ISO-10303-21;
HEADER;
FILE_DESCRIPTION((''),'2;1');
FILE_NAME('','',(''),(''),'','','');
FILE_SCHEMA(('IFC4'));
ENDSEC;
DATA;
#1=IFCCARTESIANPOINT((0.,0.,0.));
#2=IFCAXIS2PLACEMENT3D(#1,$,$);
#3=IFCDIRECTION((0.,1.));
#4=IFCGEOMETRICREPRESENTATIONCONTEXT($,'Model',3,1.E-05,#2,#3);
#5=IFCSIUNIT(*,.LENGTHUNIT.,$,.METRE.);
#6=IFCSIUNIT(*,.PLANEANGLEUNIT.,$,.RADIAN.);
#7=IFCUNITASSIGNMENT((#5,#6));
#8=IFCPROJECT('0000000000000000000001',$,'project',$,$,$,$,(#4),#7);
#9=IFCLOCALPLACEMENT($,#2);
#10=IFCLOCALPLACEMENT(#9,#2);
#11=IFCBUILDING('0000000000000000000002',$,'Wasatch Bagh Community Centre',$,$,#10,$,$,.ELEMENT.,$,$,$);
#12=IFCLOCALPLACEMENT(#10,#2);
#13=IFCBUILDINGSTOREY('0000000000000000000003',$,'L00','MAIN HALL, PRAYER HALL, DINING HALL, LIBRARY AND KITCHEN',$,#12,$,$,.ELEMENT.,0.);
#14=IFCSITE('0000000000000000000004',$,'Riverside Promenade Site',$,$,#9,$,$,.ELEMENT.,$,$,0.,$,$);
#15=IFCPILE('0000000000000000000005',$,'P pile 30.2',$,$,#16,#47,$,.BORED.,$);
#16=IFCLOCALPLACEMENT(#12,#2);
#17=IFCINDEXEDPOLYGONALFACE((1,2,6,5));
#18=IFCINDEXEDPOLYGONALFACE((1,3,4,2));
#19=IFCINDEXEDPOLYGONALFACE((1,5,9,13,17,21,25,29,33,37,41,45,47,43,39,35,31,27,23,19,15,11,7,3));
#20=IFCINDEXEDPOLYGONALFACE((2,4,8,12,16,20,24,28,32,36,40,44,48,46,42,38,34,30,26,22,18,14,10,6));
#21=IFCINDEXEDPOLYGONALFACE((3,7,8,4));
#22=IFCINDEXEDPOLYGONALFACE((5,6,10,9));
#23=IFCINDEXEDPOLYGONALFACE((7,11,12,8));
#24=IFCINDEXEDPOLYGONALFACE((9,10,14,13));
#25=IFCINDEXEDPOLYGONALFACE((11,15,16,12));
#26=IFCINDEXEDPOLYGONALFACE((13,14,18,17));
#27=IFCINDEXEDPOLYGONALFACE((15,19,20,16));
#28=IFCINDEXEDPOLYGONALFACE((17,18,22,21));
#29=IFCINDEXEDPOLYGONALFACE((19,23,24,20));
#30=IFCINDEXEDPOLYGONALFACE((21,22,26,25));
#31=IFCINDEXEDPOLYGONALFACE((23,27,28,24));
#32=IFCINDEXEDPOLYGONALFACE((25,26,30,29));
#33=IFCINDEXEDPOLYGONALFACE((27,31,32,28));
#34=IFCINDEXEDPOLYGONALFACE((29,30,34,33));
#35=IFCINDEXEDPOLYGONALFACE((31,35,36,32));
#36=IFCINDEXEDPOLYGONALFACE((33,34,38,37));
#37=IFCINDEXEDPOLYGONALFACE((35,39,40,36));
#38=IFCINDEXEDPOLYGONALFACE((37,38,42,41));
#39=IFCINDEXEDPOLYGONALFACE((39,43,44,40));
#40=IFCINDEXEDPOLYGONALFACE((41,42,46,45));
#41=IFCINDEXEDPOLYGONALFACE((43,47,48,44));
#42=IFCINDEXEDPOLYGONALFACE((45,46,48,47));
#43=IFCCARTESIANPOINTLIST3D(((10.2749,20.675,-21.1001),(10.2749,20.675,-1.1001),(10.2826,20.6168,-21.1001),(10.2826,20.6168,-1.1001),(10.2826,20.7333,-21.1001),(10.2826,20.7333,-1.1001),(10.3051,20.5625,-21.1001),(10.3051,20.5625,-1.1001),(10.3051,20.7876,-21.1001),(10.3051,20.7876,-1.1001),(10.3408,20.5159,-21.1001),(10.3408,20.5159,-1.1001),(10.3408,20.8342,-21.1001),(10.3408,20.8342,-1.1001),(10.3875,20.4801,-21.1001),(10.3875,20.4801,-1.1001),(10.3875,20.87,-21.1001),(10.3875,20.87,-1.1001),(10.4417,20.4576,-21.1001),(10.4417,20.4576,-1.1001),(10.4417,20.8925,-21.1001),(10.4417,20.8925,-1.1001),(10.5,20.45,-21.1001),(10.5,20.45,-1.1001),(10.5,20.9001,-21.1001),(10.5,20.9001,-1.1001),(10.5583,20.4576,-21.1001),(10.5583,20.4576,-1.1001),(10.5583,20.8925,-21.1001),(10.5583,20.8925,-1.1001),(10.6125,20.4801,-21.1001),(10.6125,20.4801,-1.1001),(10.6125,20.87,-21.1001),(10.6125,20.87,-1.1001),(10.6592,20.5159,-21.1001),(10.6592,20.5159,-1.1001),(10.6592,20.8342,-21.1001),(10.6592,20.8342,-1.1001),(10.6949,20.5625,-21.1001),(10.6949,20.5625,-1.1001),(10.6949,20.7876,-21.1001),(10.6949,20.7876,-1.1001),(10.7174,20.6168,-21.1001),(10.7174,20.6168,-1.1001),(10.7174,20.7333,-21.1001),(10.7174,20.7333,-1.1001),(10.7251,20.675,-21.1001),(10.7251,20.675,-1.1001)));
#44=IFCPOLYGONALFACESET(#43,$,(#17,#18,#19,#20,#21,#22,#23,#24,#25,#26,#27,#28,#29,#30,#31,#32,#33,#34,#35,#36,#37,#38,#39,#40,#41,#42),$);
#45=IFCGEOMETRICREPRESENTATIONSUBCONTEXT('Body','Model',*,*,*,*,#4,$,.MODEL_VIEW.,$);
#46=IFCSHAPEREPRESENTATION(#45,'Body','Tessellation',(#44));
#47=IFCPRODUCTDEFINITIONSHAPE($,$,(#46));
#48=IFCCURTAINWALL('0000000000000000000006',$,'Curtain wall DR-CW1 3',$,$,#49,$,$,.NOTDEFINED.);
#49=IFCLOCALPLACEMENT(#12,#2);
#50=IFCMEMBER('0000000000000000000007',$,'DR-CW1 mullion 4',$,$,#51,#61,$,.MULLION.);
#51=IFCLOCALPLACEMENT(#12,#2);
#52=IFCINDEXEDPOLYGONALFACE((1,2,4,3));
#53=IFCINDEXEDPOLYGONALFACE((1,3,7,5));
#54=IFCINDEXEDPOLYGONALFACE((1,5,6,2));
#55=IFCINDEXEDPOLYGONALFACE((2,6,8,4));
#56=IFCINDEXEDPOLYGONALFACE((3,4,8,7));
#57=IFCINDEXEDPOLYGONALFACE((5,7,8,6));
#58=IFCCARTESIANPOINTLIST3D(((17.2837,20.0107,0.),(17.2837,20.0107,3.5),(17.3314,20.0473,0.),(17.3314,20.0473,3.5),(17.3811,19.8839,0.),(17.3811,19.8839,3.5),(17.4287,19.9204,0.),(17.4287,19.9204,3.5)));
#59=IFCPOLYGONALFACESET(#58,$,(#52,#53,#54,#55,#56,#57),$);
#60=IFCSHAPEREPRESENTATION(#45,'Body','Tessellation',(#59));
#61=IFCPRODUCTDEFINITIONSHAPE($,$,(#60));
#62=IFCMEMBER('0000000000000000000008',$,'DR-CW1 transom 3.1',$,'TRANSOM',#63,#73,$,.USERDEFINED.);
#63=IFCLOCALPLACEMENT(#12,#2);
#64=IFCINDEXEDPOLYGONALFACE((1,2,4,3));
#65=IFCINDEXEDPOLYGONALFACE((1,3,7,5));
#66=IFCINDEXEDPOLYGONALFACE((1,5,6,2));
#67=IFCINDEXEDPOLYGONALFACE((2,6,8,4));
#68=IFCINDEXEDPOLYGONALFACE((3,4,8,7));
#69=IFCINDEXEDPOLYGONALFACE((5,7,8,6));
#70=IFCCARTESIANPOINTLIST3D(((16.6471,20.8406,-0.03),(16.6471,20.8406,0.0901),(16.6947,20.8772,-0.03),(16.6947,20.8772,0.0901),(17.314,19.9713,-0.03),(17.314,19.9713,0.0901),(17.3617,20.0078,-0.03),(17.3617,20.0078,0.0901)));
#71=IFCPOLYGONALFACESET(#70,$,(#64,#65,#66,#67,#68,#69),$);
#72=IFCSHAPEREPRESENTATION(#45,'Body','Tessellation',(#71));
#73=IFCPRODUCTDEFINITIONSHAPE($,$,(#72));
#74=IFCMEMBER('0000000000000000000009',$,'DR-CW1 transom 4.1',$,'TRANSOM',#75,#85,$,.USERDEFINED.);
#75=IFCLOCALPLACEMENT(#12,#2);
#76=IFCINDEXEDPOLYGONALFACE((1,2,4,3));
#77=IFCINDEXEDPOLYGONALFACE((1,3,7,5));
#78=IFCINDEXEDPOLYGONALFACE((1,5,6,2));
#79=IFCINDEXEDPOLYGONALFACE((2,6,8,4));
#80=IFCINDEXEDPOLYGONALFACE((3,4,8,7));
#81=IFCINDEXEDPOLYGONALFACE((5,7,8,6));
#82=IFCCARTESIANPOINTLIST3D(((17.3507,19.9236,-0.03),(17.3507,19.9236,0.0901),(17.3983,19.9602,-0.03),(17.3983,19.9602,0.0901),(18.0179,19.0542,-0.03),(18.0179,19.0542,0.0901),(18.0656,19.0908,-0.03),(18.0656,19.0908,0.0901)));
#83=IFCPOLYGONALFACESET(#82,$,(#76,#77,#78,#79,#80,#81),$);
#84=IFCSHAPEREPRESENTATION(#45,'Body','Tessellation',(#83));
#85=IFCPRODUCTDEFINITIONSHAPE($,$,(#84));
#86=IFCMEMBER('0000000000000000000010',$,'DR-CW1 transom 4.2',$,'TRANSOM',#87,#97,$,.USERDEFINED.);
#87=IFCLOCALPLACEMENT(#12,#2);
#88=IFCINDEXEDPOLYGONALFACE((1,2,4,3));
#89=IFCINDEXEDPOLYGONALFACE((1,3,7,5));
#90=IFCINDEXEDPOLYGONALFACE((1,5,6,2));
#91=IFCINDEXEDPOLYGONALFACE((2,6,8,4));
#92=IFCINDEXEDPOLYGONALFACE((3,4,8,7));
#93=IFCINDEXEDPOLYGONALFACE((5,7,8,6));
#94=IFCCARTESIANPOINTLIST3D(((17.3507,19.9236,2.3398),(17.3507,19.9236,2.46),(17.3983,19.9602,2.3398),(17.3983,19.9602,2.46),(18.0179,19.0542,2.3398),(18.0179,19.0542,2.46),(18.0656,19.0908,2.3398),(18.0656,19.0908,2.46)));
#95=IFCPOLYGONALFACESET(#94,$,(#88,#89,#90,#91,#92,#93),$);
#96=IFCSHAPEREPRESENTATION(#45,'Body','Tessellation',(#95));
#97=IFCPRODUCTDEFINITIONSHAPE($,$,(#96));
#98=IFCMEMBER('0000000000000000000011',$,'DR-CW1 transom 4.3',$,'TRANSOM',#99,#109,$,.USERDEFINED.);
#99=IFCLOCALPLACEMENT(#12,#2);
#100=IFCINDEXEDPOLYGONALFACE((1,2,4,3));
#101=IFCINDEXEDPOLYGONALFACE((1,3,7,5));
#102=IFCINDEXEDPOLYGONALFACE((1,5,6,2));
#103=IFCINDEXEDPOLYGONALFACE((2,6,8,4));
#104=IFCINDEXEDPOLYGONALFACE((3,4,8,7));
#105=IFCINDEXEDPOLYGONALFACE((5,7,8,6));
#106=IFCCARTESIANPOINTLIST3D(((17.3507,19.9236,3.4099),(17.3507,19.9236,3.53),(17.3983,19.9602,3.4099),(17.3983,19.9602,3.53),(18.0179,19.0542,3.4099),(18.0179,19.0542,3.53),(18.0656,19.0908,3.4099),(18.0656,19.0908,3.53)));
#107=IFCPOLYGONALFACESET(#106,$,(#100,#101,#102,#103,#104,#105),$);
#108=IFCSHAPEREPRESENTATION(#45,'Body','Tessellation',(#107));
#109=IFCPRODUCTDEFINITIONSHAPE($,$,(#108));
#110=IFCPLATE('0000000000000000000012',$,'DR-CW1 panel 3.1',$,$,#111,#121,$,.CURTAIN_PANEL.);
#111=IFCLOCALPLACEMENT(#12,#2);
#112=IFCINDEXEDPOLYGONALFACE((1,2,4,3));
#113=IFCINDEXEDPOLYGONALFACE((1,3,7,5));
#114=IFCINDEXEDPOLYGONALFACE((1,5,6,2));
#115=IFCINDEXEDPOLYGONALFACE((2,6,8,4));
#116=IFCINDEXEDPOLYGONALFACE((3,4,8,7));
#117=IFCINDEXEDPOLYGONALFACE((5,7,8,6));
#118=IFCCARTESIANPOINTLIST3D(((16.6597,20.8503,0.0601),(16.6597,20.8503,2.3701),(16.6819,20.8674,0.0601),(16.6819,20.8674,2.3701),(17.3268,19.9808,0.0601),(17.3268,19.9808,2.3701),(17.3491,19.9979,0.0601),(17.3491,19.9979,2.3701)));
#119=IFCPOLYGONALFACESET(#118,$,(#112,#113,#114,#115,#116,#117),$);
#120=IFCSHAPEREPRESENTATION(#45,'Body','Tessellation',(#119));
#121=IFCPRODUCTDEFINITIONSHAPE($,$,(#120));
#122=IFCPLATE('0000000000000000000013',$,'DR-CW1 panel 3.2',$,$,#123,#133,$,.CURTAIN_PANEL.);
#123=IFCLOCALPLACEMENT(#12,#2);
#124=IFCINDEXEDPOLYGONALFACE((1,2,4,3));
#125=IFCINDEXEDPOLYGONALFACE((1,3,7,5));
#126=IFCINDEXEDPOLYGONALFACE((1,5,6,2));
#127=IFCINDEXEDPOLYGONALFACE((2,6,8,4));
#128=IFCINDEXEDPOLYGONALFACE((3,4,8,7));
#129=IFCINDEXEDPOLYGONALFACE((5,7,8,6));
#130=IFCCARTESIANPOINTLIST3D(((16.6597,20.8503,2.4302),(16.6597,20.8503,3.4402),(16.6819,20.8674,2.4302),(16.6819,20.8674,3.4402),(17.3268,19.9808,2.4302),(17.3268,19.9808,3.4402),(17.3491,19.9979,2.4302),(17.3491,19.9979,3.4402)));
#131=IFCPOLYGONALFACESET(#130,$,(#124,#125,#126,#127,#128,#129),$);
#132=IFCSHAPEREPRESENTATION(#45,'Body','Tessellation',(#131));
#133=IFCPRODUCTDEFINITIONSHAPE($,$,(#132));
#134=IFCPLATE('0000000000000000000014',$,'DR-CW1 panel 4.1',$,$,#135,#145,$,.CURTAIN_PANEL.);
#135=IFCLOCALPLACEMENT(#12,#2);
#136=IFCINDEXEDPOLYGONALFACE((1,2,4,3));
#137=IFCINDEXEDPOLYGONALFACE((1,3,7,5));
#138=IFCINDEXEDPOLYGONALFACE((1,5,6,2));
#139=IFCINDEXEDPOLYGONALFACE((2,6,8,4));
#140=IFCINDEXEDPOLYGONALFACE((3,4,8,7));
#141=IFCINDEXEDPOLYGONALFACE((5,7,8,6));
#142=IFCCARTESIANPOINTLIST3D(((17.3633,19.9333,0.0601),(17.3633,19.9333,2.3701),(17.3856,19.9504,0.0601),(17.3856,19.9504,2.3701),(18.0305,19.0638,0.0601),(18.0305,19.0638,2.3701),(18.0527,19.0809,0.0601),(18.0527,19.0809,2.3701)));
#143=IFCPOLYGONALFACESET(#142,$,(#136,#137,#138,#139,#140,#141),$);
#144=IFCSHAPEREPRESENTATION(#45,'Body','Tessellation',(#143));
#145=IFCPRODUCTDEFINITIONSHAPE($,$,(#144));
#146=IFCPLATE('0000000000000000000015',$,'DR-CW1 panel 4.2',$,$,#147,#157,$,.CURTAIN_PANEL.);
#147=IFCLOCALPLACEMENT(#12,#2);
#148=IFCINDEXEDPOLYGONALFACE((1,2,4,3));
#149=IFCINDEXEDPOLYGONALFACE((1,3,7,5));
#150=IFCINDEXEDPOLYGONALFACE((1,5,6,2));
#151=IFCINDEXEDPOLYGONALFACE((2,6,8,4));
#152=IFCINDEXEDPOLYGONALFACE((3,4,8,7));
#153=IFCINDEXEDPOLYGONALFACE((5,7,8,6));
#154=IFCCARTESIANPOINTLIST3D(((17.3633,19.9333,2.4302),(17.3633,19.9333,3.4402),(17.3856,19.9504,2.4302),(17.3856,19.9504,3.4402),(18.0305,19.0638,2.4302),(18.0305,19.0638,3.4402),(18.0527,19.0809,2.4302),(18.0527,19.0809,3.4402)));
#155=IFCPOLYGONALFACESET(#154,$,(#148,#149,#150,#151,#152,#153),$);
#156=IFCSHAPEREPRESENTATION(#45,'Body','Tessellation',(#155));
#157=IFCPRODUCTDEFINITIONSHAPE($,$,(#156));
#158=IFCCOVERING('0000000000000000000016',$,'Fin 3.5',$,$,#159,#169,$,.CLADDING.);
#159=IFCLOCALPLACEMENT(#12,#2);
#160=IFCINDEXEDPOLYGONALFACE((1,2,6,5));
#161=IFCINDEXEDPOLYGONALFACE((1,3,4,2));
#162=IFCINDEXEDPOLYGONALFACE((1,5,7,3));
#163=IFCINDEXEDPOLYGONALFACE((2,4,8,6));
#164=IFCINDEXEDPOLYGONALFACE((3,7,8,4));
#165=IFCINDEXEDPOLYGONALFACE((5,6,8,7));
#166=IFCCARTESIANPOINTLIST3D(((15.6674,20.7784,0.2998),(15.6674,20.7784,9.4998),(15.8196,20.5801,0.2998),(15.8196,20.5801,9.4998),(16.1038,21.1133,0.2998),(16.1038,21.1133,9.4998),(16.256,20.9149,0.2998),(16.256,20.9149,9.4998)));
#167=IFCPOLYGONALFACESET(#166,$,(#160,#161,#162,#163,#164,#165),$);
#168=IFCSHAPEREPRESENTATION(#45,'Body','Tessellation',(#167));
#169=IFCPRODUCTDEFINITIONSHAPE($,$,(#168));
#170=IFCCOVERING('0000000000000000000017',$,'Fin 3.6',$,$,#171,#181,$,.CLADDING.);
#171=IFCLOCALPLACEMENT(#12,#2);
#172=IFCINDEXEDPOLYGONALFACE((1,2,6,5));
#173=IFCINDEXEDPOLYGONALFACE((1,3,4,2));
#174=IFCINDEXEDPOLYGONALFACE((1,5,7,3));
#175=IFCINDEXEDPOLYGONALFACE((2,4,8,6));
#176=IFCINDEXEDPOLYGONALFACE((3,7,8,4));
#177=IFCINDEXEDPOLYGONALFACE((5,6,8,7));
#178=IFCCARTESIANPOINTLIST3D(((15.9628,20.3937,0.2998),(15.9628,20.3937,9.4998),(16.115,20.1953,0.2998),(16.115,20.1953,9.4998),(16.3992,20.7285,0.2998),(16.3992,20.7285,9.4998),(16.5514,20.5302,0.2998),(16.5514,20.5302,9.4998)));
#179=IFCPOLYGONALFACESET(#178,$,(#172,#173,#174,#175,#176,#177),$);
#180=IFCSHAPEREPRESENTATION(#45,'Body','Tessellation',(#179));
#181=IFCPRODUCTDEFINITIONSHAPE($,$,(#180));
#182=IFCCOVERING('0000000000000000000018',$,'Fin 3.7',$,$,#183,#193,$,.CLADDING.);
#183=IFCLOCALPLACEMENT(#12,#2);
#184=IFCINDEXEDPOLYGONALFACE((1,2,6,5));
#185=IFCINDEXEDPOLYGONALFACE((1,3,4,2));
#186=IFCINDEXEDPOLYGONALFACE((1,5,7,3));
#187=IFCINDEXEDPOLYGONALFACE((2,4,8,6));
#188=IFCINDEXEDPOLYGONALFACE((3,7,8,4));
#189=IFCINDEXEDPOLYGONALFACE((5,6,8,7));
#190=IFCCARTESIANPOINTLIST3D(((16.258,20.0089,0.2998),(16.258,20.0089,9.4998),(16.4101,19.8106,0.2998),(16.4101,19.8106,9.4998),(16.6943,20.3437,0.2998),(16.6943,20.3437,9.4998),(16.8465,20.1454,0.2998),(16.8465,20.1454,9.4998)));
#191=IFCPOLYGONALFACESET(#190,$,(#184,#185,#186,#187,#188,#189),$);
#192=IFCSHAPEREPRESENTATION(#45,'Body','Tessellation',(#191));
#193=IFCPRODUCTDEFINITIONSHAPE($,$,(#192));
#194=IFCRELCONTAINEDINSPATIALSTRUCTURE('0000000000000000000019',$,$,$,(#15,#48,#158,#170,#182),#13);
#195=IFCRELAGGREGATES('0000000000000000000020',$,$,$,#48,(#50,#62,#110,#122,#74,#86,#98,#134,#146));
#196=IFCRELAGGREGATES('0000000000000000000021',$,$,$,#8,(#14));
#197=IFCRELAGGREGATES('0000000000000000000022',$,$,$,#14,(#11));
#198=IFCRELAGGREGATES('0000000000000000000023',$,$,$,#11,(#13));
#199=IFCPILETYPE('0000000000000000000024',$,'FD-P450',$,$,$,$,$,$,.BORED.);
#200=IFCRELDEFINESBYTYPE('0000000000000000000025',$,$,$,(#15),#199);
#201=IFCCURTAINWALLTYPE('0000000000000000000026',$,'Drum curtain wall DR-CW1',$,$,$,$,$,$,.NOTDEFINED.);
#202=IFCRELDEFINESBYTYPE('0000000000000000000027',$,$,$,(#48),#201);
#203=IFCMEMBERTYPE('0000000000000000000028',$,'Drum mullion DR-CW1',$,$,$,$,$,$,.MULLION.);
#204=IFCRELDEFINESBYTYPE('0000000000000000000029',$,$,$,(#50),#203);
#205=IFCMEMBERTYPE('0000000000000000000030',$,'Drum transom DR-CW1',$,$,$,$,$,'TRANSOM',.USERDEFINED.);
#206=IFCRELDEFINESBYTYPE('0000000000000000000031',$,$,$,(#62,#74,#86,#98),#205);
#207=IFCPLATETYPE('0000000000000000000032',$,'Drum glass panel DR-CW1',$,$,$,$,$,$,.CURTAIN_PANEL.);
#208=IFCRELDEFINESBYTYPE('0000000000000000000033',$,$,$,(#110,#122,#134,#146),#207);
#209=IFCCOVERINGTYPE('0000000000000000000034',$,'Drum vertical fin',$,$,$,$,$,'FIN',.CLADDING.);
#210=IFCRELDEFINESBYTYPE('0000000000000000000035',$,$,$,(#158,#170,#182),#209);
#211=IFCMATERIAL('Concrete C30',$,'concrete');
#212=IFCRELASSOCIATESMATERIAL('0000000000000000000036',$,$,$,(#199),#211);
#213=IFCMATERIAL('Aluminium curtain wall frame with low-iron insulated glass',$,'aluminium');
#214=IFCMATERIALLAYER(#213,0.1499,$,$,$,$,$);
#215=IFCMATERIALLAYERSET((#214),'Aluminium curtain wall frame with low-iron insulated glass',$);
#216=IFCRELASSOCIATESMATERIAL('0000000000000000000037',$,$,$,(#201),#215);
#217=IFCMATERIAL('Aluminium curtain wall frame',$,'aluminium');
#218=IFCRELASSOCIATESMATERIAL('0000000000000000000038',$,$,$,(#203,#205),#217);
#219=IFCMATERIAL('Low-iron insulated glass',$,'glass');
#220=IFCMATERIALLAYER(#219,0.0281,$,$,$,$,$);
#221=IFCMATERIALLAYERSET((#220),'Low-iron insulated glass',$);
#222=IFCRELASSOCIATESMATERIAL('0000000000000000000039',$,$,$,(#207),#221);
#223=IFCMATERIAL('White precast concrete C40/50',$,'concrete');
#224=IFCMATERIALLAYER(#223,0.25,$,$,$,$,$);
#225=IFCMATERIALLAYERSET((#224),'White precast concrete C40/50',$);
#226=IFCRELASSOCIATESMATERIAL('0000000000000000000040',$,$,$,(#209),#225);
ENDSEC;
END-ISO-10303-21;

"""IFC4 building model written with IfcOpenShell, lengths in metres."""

from ifc_helpers import new_model, si_unit, direction, frame, origin, origin_2d, place, context, subcontext, project, spatial, rectangle, circle, extrude, material, layer, layer_set, material_profile, profile_set, type_object, element, aggregate, save


model = new_model("IFC4")

# Units and contexts
model_context = context("Model", 3, precision=1e-05, world=origin(), true_north=direction((0.0, 1.0)))
body_context = subcontext(model_context, "Body", "Model", "MODEL_VIEW")
ifc_project = project(units=[si_unit("LENGTHUNIT", "METRE"), si_unit("PLANEANGLEUNIT", "RADIAN")], contexts=[model_context])

# Site, building, storey
site_placement = place(None, origin())
site = spatial("IfcSite", under=ifc_project, at=site_placement, Name="Riverside Promenade Site", CompositionType="ELEMENT", RefElevation=0.0)
building_placement = place(site_placement, origin())
building = spatial("IfcBuilding", under=site, at=building_placement, Name="Wasatch Bagh Community Centre", CompositionType="ELEMENT")
storey_placement = place(building_placement, origin())
storey = spatial("IfcBuildingStorey", under=building, at=storey_placement, Name="L00", Description="MAIN HALL, PRAYER HALL, DINING HALL, LIBRARY AND KITCHEN", CompositionType="ELEMENT", Elevation=0.0)

# Pile
ifc_material_1 = material(Name="Concrete C30", Category="concrete")
ifc_material_profile_1 = material_profile(ifc_material_1, circle(Radius=0.2251, at=origin_2d()), Name="RC D450")
ifc_profile_set_1 = profile_set([ifc_material_profile_1], Name="Concrete C30")
pile_type = type_object("IfcPileType", Name="FD-P450", PredefinedType="BORED", material=ifc_profile_set_1)
pile_placement = place(storey_placement, frame((10.5, 20.675, -1.1001), z_axis=(0.0, 0.0, -1.0), x_axis=(1.0, 0.0, 0.0)))
element("IfcPile", 1, at=pile_placement, inside=storey, type_object=pile_type, Name="P pile 30.2", PredefinedType="BORED", context=body_context, shape_type="SweptSolid", body=[
    extrude(circle(Radius=0.2251, at=origin_2d()), origin(), (0.0, 0.0, 1.0), 20.0),
])

# Curtain wall, members, plates
ifc_material_2 = material(Name="Aluminium curtain wall frame with low-iron insulated glass", Category="aluminium")
ifc_layer_1 = layer(ifc_material_2, 0.1499)
ifc_layer_set_1 = layer_set([ifc_layer_1], Name="Aluminium curtain wall frame with low-iron insulated glass")
curtain_wall_type = type_object("IfcCurtainWallType", Name="Drum curtain wall DR-CW1", PredefinedType="NOTDEFINED", material=ifc_layer_set_1)
curtain_wall_placement = place(storey_placement, origin())
curtain_wall = element("IfcCurtainWall", 2, at=curtain_wall_placement, inside=storey, type_object=curtain_wall_type, Name="Curtain wall DR-CW1 3", PredefinedType="NOTDEFINED")
ifc_material_3 = material(Name="Aluminium curtain wall frame", Category="aluminium")
ifc_material_profile_2 = material_profile(ifc_material_3, rectangle(XDim=0.0601, YDim=0.1599, at=origin_2d()), Name="Drum mullion DR-CW1")
ifc_profile_set_2 = profile_set([ifc_material_profile_2], Name="Aluminium curtain wall frame")
member_type_1 = type_object("IfcMemberType", Name="Drum mullion DR-CW1", PredefinedType="MULLION", material=ifc_profile_set_2)
member_1_placement = place(storey_placement, frame((17.3562, 19.9656, 0.0), z_axis=(0.0, 0.0, 1.0), x_axis=(0.793353, 0.608761, 0.0)))
member_1 = element("IfcMember", 3, at=member_1_placement, type_object=member_type_1, Name="DR-CW1 mullion 4", PredefinedType="MULLION", context=body_context, shape_type="SweptSolid", body=[
    extrude(rectangle(XDim=0.0601, YDim=0.1599, at=origin_2d()), origin(), (0.0, 0.0, 1.0), 3.5),
])
ifc_material_profile_3 = material_profile(ifc_material_3, rectangle(XDim=0.0601, YDim=0.1201, at=origin_2d()), Name="Drum transom DR-CW1")
ifc_profile_set_3 = profile_set([ifc_material_profile_3], Name="Aluminium curtain wall frame")
member_type_2 = type_object("IfcMemberType", Name="Drum transom DR-CW1", ElementType="TRANSOM", PredefinedType="USERDEFINED", material=ifc_profile_set_3)
member_2_placement = place(storey_placement, frame((16.6709, 20.8589, 0.03), z_axis=(0.608698, -0.793402, 0.0), x_axis=(0.793402, 0.608698, 0.0)))
member_2 = element("IfcMember", 4, at=member_2_placement, type_object=member_type_2, Name="DR-CW1 transom 3.1", ObjectType="TRANSOM", PredefinedType="USERDEFINED", context=body_context, shape_type="SweptSolid", body=[
    extrude(rectangle(XDim=0.0601, YDim=0.1201, at=origin_2d()), origin(), (0.0, 0.0, 1.0), 1.0957),
])
member_3_placement = place(storey_placement, frame((17.3745, 19.9419, 0.03), z_axis=(0.608838, -0.793294, 0.0), x_axis=(0.793294, 0.608838, 0.0)))
member_3 = element("IfcMember", 5, at=member_3_placement, type_object=member_type_2, Name="DR-CW1 transom 4.1", ObjectType="TRANSOM", PredefinedType="USERDEFINED", context=body_context, shape_type="SweptSolid", body=[
    extrude(rectangle(XDim=0.0601, YDim=0.1201, at=origin_2d()), origin(), (0.0, 0.0, 1.0), 1.0959),
])
member_4_placement = place(storey_placement, frame((17.3745, 19.9419, 2.3999), z_axis=(0.608838, -0.793294, 0.0), x_axis=(0.793294, 0.608838, 0.0)))
member_4 = element("IfcMember", 6, at=member_4_placement, type_object=member_type_2, Name="DR-CW1 transom 4.2", ObjectType="TRANSOM", PredefinedType="USERDEFINED", context=body_context, shape_type="SweptSolid", body=[
    extrude(rectangle(XDim=0.0601, YDim=0.1201, at=origin_2d()), origin(), (0.0, 0.0, 1.0), 1.0959),
])
member_5_placement = place(storey_placement, frame((17.3745, 19.9419, 3.47), z_axis=(0.608838, -0.793294, 0.0), x_axis=(0.793294, 0.608838, 0.0)))
member_5 = element("IfcMember", 7, at=member_5_placement, type_object=member_type_2, Name="DR-CW1 transom 4.3", ObjectType="TRANSOM", PredefinedType="USERDEFINED", context=body_context, shape_type="SweptSolid", body=[
    extrude(rectangle(XDim=0.0601, YDim=0.1201, at=origin_2d()), origin(), (0.0, 0.0, 1.0), 1.0959),
])
ifc_material_4 = material(Name="Low-iron insulated glass", Category="glass")
ifc_layer_2 = layer(ifc_material_4, 0.0281)
ifc_layer_set_2 = layer_set([ifc_layer_2], Name="Low-iron insulated glass")
plate_type = type_object("IfcPlateType", Name="Drum glass panel DR-CW1", PredefinedType="CURTAIN_PANEL", material=ifc_layer_set_2)
plate_1_placement = place(storey_placement, frame((17.0044, 20.4241, 0.0601), z_axis=(0.0, 0.0, 1.0), x_axis=(0.608761, -0.793353, 0.0)))
plate_1 = element("IfcPlate", 8, at=plate_1_placement, type_object=plate_type, Name="DR-CW1 panel 3.1", PredefinedType="CURTAIN_PANEL", context=body_context, shape_type="SweptSolid", body=[
    extrude(rectangle(XDim=1.0959, YDim=0.0281, at=origin_2d()), origin(), (0.0, 0.0, 1.0), 2.3101),
])
plate_2_placement = place(storey_placement, frame((17.0044, 20.4241, 2.4302), z_axis=(0.0, 0.0, 1.0), x_axis=(0.608761, -0.793353, 0.0)))
plate_2 = element("IfcPlate", 9, at=plate_2_placement, type_object=plate_type, Name="DR-CW1 panel 3.2", PredefinedType="CURTAIN_PANEL", context=body_context, shape_type="SweptSolid", body=[
    extrude(rectangle(XDim=1.0959, YDim=0.0281, at=origin_2d()), origin(), (0.0, 0.0, 1.0), 1.01),
])
plate_3_placement = place(storey_placement, frame((17.708, 19.5071, 0.0601), z_axis=(0.0, 0.0, 1.0), x_axis=(0.608761, -0.793353, 0.0)))
plate_3 = element("IfcPlate", 10, at=plate_3_placement, type_object=plate_type, Name="DR-CW1 panel 4.1", PredefinedType="CURTAIN_PANEL", context=body_context, shape_type="SweptSolid", body=[
    extrude(rectangle(XDim=1.0959, YDim=0.0281, at=origin_2d()), origin(), (0.0, 0.0, 1.0), 2.3101),
])
plate_4_placement = place(storey_placement, frame((17.708, 19.5071, 2.4302), z_axis=(0.0, 0.0, 1.0), x_axis=(0.608761, -0.793353, 0.0)))
plate_4 = element("IfcPlate", 11, at=plate_4_placement, type_object=plate_type, Name="DR-CW1 panel 4.2", PredefinedType="CURTAIN_PANEL", context=body_context, shape_type="SweptSolid", body=[
    extrude(rectangle(XDim=1.0959, YDim=0.0281, at=origin_2d()), origin(), (0.0, 0.0, 1.0), 1.01),
])
aggregate(curtain_wall, [member_1, member_2, plate_1, plate_2, member_3, member_4, member_5, plate_3, plate_4])

# Coverings
ifc_material_5 = material(Name="White precast concrete C40/50", Category="concrete")
ifc_layer_3 = layer(ifc_material_5, 0.25)
ifc_layer_set_3 = layer_set([ifc_layer_3], Name="White precast concrete C40/50")
covering_type = type_object("IfcCoveringType", Name="Drum vertical fin", ElementType="FIN", PredefinedType="CLADDING", material=ifc_layer_set_3)
for number, where, z_axis, x_axis, name in (
    (12, (15.9617, 20.8467, 0.2998), (0.0, 0.0, 1.0), (0.608761, -0.793353, 0.0), "Fin 3.5"),
    (13, (16.2571, 20.4619, 0.2998), (0.0, 0.0, 1.0), (0.608761, -0.793353, 0.0), "Fin 3.6"),
    (14, (16.5522, 20.0771, 0.2998), (0.0, 0.0, 1.0), (0.608761, -0.793353, 0.0), "Fin 3.7"),
):
    element("IfcCovering", number, at=place(storey_placement, frame(where, z_axis=z_axis, x_axis=x_axis)), inside=storey, type_object=covering_type, Name=name, PredefinedType="CLADDING", context=body_context, shape_type="SweptSolid", body=[
        extrude(rectangle(XDim=0.25, YDim=0.55, at=origin_2d()), origin(), (0.0, 0.0, 1.0), 9.2),
    ])

save(model, "model.ifc")
